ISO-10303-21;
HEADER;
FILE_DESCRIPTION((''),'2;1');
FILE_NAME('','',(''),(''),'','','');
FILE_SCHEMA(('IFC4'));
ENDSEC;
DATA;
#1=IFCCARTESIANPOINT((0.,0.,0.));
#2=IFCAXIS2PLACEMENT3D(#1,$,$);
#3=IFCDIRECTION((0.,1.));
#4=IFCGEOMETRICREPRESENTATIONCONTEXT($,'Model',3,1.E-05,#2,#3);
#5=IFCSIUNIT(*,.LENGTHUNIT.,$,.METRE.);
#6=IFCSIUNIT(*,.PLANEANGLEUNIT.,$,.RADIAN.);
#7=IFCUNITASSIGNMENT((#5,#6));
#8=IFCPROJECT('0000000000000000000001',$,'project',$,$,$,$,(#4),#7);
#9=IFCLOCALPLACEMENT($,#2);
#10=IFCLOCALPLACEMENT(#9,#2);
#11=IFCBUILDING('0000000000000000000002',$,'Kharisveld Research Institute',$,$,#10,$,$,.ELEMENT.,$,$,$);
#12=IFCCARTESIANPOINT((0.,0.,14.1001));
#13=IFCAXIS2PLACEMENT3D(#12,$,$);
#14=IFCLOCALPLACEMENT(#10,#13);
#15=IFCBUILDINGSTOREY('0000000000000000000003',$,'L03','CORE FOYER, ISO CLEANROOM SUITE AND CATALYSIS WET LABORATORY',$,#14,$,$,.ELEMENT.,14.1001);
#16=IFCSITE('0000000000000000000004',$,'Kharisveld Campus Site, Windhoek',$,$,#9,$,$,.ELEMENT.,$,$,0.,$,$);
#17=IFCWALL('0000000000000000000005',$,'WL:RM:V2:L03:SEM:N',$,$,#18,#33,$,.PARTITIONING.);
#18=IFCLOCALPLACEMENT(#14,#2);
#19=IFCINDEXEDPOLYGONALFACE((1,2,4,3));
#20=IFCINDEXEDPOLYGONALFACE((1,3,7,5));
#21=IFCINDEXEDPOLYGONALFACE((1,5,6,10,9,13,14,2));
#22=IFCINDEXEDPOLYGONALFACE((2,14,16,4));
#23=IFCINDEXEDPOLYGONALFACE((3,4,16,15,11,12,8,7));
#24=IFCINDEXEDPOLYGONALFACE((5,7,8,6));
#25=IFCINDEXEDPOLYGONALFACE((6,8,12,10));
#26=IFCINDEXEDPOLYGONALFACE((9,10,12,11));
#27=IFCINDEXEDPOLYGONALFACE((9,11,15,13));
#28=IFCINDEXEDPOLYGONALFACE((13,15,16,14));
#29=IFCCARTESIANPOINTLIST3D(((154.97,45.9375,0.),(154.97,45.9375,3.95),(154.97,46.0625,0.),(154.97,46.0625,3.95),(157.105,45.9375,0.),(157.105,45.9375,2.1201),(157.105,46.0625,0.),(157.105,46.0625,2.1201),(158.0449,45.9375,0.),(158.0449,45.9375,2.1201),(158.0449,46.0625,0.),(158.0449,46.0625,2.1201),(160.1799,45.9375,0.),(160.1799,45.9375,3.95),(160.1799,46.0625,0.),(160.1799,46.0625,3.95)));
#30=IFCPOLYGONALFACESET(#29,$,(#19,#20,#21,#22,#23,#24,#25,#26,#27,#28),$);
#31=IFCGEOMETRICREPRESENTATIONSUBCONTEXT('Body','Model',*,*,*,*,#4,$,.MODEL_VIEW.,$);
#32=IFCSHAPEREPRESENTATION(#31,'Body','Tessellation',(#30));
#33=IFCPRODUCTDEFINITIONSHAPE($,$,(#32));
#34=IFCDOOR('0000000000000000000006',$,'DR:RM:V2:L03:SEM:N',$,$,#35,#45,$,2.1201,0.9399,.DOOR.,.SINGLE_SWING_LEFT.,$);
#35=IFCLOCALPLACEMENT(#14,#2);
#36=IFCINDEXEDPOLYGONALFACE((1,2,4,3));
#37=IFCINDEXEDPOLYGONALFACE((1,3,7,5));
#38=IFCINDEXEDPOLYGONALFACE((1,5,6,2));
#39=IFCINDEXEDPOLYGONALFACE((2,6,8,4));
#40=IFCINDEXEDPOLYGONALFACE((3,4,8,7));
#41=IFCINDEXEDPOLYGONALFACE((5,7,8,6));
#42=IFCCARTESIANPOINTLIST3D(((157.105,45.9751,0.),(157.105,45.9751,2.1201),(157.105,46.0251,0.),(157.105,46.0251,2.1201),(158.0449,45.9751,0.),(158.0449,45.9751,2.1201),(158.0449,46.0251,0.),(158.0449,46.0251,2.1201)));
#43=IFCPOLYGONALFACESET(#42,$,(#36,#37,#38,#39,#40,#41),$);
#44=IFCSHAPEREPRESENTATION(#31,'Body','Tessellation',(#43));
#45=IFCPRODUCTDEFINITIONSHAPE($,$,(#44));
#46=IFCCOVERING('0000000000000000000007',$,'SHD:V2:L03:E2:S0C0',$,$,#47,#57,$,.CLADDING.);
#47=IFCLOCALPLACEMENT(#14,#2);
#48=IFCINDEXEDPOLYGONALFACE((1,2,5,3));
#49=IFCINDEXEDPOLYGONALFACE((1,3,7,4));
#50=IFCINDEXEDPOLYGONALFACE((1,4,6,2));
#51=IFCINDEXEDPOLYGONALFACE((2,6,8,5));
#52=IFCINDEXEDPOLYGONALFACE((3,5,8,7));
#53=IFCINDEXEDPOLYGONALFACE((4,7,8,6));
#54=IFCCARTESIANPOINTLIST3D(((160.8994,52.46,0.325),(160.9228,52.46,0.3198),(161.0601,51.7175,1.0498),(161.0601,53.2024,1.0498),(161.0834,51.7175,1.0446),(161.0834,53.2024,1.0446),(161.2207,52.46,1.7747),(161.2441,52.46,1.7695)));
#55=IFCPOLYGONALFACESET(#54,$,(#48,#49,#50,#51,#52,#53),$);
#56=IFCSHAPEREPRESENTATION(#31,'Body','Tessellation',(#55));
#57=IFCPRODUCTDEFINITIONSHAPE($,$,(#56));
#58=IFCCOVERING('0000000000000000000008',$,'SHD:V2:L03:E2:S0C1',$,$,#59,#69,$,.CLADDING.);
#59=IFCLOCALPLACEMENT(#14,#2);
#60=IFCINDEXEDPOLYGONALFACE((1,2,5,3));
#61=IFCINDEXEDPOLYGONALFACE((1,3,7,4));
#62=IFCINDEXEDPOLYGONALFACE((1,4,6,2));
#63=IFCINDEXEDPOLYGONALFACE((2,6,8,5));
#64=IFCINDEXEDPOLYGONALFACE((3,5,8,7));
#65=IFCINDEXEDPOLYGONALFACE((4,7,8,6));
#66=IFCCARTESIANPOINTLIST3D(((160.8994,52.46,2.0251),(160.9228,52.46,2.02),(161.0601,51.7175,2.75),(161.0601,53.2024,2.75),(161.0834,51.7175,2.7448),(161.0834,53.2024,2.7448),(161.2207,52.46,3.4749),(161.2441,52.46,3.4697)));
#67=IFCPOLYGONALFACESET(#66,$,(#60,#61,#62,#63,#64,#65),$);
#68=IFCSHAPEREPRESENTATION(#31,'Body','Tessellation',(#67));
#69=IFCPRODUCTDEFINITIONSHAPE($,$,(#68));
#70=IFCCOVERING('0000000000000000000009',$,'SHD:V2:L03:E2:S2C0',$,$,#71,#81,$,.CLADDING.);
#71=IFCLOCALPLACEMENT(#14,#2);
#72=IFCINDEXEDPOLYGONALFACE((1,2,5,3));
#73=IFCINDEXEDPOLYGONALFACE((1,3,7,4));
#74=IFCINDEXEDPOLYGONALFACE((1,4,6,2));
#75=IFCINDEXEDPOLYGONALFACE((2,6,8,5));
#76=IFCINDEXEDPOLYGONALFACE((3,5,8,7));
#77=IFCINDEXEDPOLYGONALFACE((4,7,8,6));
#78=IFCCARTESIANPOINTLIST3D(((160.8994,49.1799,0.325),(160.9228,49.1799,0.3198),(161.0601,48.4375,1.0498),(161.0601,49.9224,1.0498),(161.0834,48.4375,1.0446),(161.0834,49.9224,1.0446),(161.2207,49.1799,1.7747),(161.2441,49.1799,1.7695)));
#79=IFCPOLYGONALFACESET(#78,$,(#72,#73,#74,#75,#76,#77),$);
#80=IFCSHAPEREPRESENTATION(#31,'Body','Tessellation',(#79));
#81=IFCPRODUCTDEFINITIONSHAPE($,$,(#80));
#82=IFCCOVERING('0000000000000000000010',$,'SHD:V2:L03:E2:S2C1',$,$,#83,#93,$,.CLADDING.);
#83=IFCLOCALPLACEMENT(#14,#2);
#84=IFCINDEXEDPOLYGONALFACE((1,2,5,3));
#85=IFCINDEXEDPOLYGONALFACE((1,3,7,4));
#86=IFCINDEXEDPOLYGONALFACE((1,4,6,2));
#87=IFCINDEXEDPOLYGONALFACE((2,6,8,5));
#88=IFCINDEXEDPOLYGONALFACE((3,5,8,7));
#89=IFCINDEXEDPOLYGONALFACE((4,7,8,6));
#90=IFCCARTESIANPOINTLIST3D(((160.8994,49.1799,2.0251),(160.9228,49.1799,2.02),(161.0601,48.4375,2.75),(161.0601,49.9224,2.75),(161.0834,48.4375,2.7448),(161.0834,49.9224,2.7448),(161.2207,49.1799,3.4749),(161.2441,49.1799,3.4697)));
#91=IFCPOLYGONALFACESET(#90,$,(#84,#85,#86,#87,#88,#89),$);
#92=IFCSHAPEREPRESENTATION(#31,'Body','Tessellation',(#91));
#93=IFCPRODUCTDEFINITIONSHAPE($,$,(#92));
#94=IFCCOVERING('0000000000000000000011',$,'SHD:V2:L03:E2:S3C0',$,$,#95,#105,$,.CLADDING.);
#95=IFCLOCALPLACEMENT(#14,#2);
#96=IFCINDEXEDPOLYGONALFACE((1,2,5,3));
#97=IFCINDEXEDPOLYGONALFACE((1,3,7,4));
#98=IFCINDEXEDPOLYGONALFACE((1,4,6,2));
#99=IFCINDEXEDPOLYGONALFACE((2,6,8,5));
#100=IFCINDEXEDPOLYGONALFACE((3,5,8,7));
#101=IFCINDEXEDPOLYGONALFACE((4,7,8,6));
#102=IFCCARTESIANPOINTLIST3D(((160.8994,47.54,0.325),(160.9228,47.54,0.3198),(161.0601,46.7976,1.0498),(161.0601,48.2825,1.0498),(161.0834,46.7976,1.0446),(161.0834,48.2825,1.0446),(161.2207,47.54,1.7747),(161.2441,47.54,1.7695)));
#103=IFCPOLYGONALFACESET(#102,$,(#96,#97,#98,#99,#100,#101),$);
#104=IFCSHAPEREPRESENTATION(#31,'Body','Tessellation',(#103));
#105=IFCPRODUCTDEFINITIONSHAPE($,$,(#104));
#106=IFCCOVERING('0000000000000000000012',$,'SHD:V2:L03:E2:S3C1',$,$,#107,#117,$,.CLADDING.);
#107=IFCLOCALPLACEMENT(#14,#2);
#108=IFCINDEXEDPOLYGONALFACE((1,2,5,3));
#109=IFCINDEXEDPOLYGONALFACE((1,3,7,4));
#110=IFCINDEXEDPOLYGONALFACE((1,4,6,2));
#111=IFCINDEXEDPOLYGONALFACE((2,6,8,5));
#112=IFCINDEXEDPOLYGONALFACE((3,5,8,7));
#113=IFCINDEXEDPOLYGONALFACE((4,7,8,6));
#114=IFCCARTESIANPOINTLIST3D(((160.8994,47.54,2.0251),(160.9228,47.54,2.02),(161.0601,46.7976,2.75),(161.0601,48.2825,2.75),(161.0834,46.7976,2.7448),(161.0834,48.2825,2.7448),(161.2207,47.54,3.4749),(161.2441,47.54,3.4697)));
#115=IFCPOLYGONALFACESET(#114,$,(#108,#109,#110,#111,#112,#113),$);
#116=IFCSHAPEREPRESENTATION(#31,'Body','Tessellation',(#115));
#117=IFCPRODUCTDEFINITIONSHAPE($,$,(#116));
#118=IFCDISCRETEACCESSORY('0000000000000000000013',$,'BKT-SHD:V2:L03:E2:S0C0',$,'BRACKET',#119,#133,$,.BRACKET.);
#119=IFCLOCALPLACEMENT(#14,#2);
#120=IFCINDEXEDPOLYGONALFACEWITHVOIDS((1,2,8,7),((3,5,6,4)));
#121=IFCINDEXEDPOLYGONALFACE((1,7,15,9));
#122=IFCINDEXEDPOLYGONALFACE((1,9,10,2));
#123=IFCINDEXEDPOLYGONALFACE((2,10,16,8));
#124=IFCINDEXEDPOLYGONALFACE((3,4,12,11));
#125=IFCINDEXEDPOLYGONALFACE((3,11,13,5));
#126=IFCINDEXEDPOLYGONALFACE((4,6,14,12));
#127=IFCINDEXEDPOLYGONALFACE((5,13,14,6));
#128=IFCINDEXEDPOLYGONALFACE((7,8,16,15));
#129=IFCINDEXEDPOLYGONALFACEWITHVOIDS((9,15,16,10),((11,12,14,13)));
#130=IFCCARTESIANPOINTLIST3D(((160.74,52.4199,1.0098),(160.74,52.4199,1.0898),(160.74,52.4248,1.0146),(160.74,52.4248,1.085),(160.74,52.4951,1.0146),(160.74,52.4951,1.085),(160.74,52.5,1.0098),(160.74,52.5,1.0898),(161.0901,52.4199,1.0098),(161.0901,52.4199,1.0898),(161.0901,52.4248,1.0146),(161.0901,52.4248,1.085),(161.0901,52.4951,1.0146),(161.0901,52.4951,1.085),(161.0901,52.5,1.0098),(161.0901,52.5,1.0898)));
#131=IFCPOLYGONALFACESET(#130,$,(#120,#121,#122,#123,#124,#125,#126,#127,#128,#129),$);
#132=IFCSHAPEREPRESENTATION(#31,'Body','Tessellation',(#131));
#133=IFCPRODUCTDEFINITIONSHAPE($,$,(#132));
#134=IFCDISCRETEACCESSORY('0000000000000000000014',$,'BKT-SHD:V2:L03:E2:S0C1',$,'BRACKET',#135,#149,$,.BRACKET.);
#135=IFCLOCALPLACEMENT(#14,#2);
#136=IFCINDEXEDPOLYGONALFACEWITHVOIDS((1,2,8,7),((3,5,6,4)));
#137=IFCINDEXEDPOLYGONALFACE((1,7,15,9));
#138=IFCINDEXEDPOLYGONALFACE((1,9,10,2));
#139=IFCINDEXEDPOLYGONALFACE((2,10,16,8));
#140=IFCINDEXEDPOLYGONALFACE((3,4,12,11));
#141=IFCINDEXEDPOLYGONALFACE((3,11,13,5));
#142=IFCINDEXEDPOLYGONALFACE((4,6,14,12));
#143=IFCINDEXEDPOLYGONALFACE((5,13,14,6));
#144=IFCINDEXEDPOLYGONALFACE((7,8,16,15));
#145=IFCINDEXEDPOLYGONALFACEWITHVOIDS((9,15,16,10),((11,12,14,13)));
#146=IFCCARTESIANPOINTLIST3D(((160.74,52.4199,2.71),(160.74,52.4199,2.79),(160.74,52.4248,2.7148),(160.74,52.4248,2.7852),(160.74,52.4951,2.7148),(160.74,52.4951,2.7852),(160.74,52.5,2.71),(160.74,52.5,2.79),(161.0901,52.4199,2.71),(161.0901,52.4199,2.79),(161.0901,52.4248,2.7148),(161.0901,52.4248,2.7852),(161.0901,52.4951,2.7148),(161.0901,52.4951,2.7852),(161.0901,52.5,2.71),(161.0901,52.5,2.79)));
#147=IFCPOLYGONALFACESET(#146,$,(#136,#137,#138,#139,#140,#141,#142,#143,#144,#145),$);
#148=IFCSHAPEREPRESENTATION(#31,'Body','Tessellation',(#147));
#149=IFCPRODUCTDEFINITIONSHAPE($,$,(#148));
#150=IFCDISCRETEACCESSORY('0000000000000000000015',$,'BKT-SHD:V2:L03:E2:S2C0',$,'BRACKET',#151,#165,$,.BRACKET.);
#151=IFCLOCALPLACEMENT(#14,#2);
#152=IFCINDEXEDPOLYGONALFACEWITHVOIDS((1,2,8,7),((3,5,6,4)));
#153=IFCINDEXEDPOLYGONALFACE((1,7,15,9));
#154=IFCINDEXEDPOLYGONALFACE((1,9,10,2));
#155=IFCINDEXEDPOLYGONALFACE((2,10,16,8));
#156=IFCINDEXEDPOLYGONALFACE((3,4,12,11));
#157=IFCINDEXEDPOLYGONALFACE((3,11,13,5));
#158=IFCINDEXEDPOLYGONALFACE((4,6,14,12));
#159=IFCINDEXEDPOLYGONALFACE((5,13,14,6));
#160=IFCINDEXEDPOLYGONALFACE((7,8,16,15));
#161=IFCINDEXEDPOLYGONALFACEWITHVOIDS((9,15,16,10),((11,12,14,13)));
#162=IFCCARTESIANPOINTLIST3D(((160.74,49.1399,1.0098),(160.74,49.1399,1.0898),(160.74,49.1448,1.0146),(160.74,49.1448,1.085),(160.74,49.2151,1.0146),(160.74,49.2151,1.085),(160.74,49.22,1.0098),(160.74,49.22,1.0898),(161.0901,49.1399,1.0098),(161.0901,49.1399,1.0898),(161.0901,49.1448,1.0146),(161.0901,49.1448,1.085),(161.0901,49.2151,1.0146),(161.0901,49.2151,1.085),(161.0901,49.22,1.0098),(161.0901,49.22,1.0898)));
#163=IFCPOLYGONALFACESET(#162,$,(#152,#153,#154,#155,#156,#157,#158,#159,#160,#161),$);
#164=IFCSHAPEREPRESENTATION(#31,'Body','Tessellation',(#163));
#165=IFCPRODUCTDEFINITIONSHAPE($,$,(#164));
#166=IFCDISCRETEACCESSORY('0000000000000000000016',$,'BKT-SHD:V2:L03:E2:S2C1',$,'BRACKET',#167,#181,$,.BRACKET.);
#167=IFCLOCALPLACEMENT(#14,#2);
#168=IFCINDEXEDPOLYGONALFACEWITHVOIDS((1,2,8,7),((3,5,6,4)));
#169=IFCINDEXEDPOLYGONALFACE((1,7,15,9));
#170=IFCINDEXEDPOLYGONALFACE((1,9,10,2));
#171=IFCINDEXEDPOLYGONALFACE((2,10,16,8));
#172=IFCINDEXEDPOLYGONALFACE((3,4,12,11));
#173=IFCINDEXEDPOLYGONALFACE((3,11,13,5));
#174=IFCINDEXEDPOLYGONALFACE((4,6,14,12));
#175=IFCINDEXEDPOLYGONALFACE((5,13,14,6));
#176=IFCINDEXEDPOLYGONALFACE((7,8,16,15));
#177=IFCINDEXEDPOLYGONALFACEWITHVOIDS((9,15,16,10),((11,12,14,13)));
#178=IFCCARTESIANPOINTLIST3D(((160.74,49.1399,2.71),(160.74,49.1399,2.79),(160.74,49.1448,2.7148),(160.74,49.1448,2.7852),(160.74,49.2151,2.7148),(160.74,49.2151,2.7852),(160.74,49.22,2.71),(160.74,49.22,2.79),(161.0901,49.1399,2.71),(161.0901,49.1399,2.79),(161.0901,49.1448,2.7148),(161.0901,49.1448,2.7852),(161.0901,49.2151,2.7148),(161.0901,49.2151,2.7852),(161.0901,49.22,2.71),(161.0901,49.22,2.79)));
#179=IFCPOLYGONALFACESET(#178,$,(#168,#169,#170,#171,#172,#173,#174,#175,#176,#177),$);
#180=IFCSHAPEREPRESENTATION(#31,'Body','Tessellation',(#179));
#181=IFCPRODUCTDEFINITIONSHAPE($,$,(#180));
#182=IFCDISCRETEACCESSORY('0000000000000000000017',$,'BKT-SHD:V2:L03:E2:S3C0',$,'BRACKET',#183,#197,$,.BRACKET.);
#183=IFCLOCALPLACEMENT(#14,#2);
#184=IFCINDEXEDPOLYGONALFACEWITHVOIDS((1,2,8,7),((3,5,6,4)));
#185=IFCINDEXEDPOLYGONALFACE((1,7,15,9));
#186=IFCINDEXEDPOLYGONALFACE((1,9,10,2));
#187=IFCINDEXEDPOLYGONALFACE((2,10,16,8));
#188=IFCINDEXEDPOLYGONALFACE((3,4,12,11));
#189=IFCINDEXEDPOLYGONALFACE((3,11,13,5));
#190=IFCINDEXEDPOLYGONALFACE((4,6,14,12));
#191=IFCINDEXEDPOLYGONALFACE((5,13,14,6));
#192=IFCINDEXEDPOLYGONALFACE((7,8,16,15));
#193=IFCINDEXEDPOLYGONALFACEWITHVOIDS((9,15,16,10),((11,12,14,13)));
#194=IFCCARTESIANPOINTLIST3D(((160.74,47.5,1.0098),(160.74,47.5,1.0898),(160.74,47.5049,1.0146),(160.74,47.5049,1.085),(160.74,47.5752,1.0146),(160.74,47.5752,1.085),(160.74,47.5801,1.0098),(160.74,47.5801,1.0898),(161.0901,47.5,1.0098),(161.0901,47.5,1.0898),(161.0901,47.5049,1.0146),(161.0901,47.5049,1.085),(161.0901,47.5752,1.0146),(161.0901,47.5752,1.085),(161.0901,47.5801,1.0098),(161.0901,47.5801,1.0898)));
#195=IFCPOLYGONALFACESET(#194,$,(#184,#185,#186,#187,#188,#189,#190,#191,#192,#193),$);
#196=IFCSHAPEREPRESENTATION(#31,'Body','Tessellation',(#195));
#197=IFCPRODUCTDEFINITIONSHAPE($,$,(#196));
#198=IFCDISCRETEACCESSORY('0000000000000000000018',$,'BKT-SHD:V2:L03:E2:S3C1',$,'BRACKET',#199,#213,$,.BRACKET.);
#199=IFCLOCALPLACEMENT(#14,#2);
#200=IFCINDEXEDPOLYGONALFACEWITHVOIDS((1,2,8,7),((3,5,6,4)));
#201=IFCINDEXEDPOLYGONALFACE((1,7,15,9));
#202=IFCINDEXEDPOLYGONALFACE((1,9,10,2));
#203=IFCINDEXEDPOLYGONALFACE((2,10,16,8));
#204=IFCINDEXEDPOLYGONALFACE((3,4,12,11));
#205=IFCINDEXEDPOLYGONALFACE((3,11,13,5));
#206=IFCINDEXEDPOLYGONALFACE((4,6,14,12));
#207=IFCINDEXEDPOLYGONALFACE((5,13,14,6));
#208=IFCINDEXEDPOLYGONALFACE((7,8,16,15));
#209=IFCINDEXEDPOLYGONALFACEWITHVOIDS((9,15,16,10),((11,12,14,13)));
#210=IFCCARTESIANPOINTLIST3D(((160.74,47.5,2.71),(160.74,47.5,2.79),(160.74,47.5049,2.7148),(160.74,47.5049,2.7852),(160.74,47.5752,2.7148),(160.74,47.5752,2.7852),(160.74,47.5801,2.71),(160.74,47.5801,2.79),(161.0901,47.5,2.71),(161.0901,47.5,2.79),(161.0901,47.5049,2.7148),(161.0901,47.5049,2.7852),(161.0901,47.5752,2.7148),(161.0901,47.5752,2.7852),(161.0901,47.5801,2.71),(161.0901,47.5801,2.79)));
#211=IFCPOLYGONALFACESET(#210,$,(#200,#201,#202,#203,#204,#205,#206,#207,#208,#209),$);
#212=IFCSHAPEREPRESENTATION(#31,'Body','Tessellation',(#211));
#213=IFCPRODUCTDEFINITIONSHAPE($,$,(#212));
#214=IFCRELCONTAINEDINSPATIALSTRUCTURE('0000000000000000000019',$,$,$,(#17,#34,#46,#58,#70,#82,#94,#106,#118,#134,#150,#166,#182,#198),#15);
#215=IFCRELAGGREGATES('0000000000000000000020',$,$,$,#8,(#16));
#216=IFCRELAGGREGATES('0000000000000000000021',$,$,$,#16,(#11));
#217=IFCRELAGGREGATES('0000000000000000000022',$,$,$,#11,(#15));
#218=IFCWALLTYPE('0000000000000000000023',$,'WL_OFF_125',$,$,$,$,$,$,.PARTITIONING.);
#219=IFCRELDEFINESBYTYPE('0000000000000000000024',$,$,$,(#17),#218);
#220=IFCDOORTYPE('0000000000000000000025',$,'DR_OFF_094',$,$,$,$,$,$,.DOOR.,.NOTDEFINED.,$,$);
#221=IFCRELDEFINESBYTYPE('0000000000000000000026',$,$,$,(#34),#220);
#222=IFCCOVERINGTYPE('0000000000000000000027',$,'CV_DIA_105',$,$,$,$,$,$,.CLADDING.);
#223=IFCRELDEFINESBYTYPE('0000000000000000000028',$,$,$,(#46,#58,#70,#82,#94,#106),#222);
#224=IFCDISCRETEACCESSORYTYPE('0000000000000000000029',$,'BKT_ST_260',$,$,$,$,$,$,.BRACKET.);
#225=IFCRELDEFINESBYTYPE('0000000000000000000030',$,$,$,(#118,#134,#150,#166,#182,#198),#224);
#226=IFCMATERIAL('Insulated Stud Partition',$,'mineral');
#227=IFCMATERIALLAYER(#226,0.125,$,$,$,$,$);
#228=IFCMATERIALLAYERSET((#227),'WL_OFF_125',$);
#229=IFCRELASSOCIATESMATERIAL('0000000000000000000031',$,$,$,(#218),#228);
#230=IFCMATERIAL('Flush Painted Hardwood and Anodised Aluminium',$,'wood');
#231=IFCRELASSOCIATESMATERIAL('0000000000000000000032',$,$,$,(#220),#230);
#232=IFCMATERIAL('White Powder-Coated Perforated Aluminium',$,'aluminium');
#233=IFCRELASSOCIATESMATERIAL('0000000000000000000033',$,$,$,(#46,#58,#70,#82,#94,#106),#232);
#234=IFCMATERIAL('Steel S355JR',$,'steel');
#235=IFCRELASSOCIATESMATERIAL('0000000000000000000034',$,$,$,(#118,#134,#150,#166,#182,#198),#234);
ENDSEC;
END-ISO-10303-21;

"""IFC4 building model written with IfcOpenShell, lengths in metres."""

from ifc_helpers import new_model, si_unit, direction, frame, frame_2d, origin, origin_2d, place, context, subcontext, project, spatial, polyline, rectangle, hollow_rectangle, outline, extrude, material, layer, layer_set, type_object, element, fill, save


model = new_model("IFC4")

# Units and contexts
model_context = context("Model", 3, precision=1e-05, world=origin(), true_north=direction((0.0, 1.0)))
body_context = subcontext(model_context, "Body", "Model", "MODEL_VIEW")
ifc_project = project(units=[si_unit("LENGTHUNIT", "METRE"), si_unit("PLANEANGLEUNIT", "RADIAN")], contexts=[model_context])

# Site, building, storey
site_placement = place(None, origin())
site = spatial("IfcSite", under=ifc_project, at=site_placement, Name="Kharisveld Campus Site, Windhoek", CompositionType="ELEMENT", RefElevation=0.0)
building_placement = place(site_placement, origin())
building = spatial("IfcBuilding", under=site, at=building_placement, Name="Kharisveld Research Institute", CompositionType="ELEMENT")
storey_placement = place(building_placement, frame((0.0, 0.0, 14.1001)))
storey = spatial("IfcBuildingStorey", under=building, at=storey_placement, Name="L03", Description="CORE FOYER, ISO CLEANROOM SUITE AND CATALYSIS WET LABORATORY", CompositionType="ELEMENT", Elevation=14.1001)

# Wall, opening, door
ifc_material_1 = material(Name="Insulated Stud Partition", Category="mineral")
ifc_layer_1 = layer(ifc_material_1, 0.125)
ifc_layer_set_1 = layer_set([ifc_layer_1], Name="WL_OFF_125")
wall_type_1 = type_object("IfcWallType", Name="WL_OFF_125", PredefinedType="PARTITIONING", material=ifc_layer_set_1)
ifc_material_2 = material(Name="Flush Painted Hardwood and Anodised Aluminium", Category="wood")
door_type = type_object("IfcDoorType", Name="DR_OFF_094", OperationType="NOTDEFINED", PredefinedType="DOOR", material=ifc_material_2)
wall_1_placement = place(storey_placement, frame((160.1799, 46.0, 0.0), z_axis=(0.0, 0.0, 1.0), x_axis=(-1.0, 0.0, 0.0)))
wall_1 = element("IfcWall", 1, at=wall_1_placement, inside=storey, type_object=wall_type_1, Name="WL:RM:V2:L03:SEM:N", PredefinedType="PARTITIONING", context=body_context, shape_type="SweptSolid", body=[
    extrude(rectangle(XDim=5.21, YDim=0.125, at=frame_2d((2.605, 0.0))), origin(), (0.0, 0.0, 1.0), 3.95),
])
opening_1_placement = place(wall_1_placement, frame((2.135, 0.0, 0.0)))
opening_1 = element("IfcOpeningElement", 2, at=opening_1_placement, cuts=wall_1, PredefinedType="OPENING", context=body_context, shape_type="SweptSolid", body=[
    extrude(rectangle(XDim=0.9399, YDim=2.1201, at=frame_2d((0.47, 1.0601))), frame((0.0, 0.0625, 0.0), z_axis=(0.0, -1.0, 0.0), x_axis=(1.0, 0.0, 0.0)), (0.0, 0.0, 1.0), 0.125),
])
door_1_placement = place(opening_1_placement, origin())
door_1 = element("IfcDoor", 3, at=door_1_placement, inside=storey, type_object=door_type, Name="DR:RM:V2:L03:SEM:N", OperationType="SINGLE_SWING_LEFT", OverallHeight=2.1201, OverallWidth=0.9399, PredefinedType="DOOR", context=body_context, shape_type="SweptSolid", body=[
    extrude(rectangle(XDim=0.9399, YDim=2.1201, at=frame_2d((0.47, 1.0601))), frame((0.0, 0.0249, 0.0), z_axis=(0.0, -1.0, 0.0), x_axis=(1.0, 0.0, 0.0)), (0.0, 0.0, 1.0), 0.05),
])
fill(opening_1, door_1)

# Coverings
ifc_material_3 = material(Name="White Powder-Coated Perforated Aluminium", Category="aluminium")
covering_type = type_object("IfcCoveringType", Name="CV_DIA_105", PredefinedType="CLADDING")
for number, where, z_axis, x_axis, name in (
    (4, (160.8994, 52.46, 0.325), (-0.976311, 0.0, 0.216373), (0.153, -0.707102, 0.69036), "SHD:V2:L03:E2:S0C0"),
    (5, (160.8994, 52.46, 2.0251), (-0.976311, 0.0, 0.216373), (0.153, -0.707102, 0.69036), "SHD:V2:L03:E2:S0C1"),
    (6, (160.8994, 49.1799, 0.325), (-0.976311, 0.0, 0.216373), (0.153, -0.707102, 0.69036), "SHD:V2:L03:E2:S2C0"),
    (7, (160.8994, 49.1799, 2.0251), (-0.976311, 0.0, 0.216373), (0.153, -0.707102, 0.69036), "SHD:V2:L03:E2:S2C1"),
    (8, (160.8994, 47.54, 0.325), (-0.976311, 0.0, 0.216373), (0.153, -0.707102, 0.69036), "SHD:V2:L03:E2:S3C0"),
    (9, (160.8994, 47.54, 2.0251), (-0.976311, 0.0, 0.216373), (0.153, -0.707102, 0.69036), "SHD:V2:L03:E2:S3C1"),
):
    element("IfcCovering", number, at=place(storey_placement, frame(where, z_axis=z_axis, x_axis=x_axis)), inside=storey, type_object=covering_type, material=ifc_material_3, Name=name, PredefinedType="CLADDING", context=body_context, shape_type="SweptSolid", body=[
        extrude(outline(polyline([(0.0, 0.0), (1.05, 0.0), (1.05, 1.05), (0.0, 1.05), (0.0, 0.0)])), origin(), (0.0, 0.0, -1.0), 0.0239),
    ])

# Discrete accessories
ifc_material_4 = material(Name="Steel S355JR", Category="steel")
discrete_accessory_type = type_object("IfcDiscreteAccessoryType", Name="BKT_ST_260", PredefinedType="BRACKET")
for number, where, z_axis, x_axis, name in (
    (10, (160.74, 52.46, 1.0498), (1.0, 0.0, 0.0), (0.0, 1.0, 0.0), "BKT-SHD:V2:L03:E2:S0C0"),
    (11, (160.74, 52.46, 2.75), (1.0, 0.0, 0.0), (0.0, 1.0, 0.0), "BKT-SHD:V2:L03:E2:S0C1"),
    (12, (160.74, 49.1799, 1.0498), (1.0, 0.0, 0.0), (0.0, 1.0, 0.0), "BKT-SHD:V2:L03:E2:S2C0"),
    (13, (160.74, 49.1799, 2.75), (1.0, 0.0, 0.0), (0.0, 1.0, 0.0), "BKT-SHD:V2:L03:E2:S2C1"),
    (14, (160.74, 47.54, 1.0498), (1.0, 0.0, 0.0), (0.0, 1.0, 0.0), "BKT-SHD:V2:L03:E2:S3C0"),
    (15, (160.74, 47.54, 2.75), (1.0, 0.0, 0.0), (0.0, 1.0, 0.0), "BKT-SHD:V2:L03:E2:S3C1"),
):
    element("IfcDiscreteAccessory", number, at=place(storey_placement, frame(where, z_axis=z_axis, x_axis=x_axis)), inside=storey, type_object=discrete_accessory_type, material=ifc_material_4, Name=name, ObjectType="BRACKET", PredefinedType="BRACKET", context=body_context, shape_type="SweptSolid", body=[
        extrude(hollow_rectangle(XDim=0.0801, YDim=0.0801, WallThickness=0.0049, at=origin_2d()), origin(), (0.0, 0.0, 1.0), 0.3501),
    ])

save(model, "model.ifc")
